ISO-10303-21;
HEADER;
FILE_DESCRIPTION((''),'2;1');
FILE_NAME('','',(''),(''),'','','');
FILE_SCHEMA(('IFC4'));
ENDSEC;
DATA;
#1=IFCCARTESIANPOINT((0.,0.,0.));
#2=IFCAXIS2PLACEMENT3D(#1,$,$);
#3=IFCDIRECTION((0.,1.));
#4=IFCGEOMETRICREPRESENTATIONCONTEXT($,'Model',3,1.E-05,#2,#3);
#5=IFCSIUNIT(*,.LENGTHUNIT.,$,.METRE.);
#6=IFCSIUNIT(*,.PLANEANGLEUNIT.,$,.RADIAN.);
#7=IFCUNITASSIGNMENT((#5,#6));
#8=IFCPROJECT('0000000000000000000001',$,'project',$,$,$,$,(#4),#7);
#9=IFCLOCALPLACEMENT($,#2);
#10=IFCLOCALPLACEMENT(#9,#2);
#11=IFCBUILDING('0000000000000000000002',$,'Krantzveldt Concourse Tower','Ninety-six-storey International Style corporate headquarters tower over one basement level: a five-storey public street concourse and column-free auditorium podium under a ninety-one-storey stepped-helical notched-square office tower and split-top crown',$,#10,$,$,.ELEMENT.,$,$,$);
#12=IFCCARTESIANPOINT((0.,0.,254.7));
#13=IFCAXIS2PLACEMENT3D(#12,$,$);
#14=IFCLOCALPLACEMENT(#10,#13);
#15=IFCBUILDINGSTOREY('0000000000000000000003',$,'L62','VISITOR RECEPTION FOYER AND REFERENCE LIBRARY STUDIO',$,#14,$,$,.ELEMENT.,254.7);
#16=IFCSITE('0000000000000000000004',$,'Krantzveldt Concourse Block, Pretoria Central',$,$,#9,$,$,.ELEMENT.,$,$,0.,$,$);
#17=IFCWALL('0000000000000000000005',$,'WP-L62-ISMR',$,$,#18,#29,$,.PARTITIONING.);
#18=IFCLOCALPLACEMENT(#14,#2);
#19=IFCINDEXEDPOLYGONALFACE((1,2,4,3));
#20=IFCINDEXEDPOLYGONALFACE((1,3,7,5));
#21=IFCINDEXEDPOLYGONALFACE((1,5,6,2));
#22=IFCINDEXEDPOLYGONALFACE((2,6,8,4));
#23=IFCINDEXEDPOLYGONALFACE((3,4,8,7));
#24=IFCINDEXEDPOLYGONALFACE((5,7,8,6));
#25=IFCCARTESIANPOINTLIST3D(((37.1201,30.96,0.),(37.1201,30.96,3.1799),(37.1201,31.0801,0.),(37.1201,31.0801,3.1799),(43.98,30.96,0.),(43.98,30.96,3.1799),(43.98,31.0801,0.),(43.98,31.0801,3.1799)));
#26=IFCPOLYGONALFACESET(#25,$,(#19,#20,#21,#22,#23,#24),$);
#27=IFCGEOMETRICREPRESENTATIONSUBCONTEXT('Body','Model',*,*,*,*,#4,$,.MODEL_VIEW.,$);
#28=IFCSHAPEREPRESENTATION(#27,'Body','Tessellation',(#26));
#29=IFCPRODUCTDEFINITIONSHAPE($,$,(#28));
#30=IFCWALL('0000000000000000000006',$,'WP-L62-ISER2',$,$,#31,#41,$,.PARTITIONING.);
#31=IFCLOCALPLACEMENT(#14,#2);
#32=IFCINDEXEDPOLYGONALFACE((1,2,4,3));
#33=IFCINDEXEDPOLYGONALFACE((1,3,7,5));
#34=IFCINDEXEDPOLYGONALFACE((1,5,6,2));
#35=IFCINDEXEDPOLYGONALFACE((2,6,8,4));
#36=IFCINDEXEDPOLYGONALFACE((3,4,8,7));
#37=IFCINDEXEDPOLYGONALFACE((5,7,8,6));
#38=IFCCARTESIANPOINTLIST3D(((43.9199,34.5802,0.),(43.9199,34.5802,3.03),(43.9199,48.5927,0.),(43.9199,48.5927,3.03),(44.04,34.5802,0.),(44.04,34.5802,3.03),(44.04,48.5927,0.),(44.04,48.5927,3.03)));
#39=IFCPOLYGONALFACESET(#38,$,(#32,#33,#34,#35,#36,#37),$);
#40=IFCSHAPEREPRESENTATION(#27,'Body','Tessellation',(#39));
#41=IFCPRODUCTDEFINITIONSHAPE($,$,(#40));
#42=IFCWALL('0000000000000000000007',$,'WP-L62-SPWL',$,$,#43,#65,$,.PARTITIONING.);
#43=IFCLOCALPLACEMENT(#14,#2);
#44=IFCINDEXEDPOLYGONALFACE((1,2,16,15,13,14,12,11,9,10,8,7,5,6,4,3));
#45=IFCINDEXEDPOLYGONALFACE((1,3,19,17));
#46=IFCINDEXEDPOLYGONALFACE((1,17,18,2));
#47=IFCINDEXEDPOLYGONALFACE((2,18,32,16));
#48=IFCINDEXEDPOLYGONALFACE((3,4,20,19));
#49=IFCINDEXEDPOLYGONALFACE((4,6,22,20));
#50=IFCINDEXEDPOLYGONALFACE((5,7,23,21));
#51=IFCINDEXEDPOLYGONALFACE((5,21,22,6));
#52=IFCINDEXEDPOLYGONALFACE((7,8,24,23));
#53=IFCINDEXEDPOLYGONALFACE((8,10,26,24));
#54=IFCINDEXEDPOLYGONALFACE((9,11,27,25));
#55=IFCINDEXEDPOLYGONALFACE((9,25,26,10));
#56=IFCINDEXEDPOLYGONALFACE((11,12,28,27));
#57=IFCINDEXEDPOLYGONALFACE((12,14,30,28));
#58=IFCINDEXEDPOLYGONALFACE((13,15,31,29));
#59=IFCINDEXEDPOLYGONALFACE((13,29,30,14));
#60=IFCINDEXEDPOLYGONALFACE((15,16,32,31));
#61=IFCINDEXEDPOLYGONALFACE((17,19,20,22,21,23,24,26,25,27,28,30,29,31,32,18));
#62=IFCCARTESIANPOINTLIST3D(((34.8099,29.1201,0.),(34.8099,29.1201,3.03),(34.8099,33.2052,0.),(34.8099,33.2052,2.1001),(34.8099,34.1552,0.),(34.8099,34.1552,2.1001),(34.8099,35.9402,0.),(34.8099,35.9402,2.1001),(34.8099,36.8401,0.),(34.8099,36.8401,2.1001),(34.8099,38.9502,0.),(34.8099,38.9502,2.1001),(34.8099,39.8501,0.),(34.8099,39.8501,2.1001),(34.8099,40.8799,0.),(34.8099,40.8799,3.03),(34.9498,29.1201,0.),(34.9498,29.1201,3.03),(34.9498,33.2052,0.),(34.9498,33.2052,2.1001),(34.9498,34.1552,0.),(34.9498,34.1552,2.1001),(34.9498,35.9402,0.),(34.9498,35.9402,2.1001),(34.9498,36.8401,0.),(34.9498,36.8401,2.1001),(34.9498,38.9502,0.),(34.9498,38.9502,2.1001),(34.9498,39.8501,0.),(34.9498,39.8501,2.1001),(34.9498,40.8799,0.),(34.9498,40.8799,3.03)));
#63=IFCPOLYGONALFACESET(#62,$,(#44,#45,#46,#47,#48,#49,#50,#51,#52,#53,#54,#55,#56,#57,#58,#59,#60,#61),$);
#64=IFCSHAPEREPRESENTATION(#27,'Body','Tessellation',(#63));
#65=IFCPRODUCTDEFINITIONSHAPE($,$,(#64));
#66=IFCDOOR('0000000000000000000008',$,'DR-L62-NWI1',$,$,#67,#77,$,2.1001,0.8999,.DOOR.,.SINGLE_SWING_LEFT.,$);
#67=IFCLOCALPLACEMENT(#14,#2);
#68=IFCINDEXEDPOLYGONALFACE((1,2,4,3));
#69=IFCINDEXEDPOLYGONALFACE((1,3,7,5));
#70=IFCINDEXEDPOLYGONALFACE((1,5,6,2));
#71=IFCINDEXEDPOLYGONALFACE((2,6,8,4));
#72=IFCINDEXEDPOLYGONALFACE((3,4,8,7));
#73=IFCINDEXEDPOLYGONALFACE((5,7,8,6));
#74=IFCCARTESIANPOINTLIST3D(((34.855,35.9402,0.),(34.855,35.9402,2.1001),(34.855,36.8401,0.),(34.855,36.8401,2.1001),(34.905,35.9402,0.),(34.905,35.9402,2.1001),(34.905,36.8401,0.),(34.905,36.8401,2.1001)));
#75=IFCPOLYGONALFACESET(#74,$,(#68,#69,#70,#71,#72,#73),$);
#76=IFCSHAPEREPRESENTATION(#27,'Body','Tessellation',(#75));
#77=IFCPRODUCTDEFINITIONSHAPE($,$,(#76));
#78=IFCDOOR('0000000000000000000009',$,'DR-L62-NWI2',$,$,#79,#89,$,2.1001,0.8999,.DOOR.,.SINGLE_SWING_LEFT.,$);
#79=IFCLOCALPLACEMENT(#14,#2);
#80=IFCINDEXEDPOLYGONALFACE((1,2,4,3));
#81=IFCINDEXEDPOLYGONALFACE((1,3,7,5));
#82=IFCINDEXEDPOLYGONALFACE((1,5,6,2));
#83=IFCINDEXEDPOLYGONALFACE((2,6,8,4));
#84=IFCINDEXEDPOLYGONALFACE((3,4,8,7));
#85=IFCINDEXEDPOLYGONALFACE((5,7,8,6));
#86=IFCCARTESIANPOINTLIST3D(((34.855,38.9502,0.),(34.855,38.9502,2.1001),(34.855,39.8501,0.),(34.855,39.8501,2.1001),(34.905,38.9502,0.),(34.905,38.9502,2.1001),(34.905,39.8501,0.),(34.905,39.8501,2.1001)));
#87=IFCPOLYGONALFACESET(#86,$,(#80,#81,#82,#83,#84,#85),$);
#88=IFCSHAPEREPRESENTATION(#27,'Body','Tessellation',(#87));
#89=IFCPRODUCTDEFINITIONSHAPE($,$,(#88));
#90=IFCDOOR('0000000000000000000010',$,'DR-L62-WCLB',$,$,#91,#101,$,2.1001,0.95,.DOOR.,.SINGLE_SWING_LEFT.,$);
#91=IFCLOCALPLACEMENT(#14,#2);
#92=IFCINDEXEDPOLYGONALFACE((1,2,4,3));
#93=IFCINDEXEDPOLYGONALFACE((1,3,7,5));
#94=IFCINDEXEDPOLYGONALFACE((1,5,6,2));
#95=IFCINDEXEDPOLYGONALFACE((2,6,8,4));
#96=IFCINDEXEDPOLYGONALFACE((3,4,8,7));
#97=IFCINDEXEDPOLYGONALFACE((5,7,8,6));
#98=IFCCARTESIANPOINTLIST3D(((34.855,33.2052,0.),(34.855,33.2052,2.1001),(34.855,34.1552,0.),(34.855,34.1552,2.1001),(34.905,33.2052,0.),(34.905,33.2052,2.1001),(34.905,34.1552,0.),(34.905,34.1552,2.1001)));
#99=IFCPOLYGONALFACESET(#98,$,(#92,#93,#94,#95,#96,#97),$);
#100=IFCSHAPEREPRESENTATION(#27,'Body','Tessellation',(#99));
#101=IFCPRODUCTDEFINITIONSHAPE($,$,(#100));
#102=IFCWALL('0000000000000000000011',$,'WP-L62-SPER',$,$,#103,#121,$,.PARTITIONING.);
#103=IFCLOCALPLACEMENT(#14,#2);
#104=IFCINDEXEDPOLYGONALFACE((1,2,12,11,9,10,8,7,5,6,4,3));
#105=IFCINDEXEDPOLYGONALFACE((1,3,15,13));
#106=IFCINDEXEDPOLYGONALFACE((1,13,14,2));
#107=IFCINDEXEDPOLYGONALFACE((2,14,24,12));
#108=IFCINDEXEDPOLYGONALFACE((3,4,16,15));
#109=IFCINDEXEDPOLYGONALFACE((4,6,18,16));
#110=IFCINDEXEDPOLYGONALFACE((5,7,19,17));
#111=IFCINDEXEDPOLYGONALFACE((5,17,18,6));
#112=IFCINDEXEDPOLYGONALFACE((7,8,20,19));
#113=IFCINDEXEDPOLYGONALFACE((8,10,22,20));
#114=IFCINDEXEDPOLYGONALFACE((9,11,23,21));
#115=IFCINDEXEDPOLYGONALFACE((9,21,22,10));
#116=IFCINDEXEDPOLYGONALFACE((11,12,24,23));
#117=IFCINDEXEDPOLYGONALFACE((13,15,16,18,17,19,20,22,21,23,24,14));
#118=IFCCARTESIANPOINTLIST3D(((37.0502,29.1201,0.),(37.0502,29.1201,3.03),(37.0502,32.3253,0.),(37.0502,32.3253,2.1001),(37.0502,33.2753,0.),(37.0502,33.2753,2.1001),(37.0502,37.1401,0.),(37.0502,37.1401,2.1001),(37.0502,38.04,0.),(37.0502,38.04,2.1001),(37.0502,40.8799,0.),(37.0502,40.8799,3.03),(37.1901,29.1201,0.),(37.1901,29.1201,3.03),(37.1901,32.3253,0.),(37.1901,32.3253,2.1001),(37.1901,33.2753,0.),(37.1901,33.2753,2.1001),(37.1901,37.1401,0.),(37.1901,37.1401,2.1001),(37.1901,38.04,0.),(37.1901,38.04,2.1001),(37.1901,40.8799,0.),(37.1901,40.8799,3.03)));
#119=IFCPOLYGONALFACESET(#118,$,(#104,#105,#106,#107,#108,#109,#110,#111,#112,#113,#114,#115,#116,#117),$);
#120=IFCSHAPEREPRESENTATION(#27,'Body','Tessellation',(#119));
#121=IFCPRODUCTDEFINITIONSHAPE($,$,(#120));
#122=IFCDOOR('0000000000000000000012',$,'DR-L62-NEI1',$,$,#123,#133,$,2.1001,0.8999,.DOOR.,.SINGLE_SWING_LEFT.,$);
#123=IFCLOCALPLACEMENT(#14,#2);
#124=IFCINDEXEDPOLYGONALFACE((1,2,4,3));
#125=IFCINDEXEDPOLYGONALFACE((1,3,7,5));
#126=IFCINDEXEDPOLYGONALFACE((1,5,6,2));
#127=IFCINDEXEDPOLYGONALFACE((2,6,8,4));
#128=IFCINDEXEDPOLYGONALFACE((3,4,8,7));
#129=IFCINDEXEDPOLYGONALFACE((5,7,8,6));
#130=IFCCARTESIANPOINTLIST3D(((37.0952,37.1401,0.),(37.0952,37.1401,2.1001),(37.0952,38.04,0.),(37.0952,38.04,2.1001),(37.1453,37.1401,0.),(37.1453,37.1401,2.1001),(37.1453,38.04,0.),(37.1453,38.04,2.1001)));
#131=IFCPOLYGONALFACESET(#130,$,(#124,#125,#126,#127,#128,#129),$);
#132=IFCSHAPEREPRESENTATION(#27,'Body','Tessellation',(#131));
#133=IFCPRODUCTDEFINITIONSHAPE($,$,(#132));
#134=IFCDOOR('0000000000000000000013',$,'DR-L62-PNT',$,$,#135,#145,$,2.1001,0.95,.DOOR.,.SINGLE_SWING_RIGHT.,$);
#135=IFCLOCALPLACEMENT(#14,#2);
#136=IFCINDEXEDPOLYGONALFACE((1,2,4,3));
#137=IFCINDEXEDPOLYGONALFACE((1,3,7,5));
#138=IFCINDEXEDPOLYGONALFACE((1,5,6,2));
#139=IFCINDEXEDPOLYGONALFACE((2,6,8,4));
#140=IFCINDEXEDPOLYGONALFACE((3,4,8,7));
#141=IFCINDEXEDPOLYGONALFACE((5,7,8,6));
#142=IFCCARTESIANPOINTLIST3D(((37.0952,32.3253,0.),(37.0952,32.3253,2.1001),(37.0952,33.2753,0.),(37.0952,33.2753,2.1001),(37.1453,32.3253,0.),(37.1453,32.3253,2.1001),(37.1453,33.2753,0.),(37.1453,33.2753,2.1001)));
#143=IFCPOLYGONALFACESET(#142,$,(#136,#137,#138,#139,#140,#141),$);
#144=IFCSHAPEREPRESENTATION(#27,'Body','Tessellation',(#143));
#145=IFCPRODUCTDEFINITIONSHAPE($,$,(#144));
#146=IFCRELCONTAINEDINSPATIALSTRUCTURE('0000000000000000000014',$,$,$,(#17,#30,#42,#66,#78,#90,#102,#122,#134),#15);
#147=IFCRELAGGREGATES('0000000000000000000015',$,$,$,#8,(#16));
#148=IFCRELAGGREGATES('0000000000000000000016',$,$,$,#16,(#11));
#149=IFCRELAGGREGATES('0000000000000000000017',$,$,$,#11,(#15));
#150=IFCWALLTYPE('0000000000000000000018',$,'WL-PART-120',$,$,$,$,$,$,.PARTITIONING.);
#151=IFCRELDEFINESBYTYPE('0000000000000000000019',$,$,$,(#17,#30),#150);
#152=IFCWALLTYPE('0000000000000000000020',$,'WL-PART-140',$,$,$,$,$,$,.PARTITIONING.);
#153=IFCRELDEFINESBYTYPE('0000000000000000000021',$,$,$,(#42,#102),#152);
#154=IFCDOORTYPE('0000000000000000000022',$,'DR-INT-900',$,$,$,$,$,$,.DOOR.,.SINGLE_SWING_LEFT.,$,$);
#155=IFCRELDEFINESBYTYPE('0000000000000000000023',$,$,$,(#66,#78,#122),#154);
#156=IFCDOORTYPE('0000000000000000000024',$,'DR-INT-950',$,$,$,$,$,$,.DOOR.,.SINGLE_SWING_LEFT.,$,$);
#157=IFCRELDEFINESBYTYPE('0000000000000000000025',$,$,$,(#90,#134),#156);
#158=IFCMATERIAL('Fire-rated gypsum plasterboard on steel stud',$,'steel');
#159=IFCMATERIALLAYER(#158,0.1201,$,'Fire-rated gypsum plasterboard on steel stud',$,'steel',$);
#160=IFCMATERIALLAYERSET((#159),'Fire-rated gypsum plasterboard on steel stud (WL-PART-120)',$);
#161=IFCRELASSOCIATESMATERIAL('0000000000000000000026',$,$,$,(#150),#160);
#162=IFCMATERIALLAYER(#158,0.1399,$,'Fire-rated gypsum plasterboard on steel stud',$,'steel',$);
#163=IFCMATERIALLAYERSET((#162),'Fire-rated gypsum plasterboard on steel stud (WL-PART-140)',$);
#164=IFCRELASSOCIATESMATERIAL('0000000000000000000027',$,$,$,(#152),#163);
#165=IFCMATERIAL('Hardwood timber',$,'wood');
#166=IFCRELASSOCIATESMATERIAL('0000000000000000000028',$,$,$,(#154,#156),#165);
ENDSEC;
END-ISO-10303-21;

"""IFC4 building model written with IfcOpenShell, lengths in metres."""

from ifc_helpers import new_model, si_unit, direction, frame, frame_2d, origin, place, context, subcontext, project, spatial, rectangle, extrude, material, layer, layer_set, type_object, element, fill, save


model = new_model("IFC4")

# Units and contexts
model_context = context("Model", 3, precision=1e-05, world=origin(), true_north=direction((0.0, 1.0)))
body_context = subcontext(model_context, "Body", "Model", "MODEL_VIEW")
ifc_project = project(units=[si_unit("LENGTHUNIT", "METRE"), si_unit("PLANEANGLEUNIT", "RADIAN")], contexts=[model_context])

# Site, building, storey
site_placement = place(None, origin())
site = spatial("IfcSite", under=ifc_project, at=site_placement, Name="Krantzveldt Concourse Block, Pretoria Central", CompositionType="ELEMENT", RefElevation=0.0)
building_placement = place(site_placement, origin())
building = spatial("IfcBuilding", under=site, at=building_placement, Name="Krantzveldt Concourse Tower", Description="Ninety-six-storey International Style corporate headquarters tower over one basement level: a five-storey public street concourse and column-free auditorium podium under a ninety-one-storey stepped-helical notched-square office tower and split-top crown", CompositionType="ELEMENT")
storey_placement = place(building_placement, frame((0.0, 0.0, 254.7)))
storey = spatial("IfcBuildingStorey", under=building, at=storey_placement, Name="L62", Description="VISITOR RECEPTION FOYER AND REFERENCE LIBRARY STUDIO", CompositionType="ELEMENT", Elevation=254.7)

# Walls
ifc_material_1 = material(Name="Fire-rated gypsum plasterboard on steel stud", Category="steel")
ifc_layer_1 = layer(ifc_material_1, 0.1201, Name="Fire-rated gypsum plasterboard on steel stud", Category="steel")
ifc_layer_set_1 = layer_set([ifc_layer_1], Name="Fire-rated gypsum plasterboard on steel stud (WL-PART-120)")
wall_type_1 = type_object("IfcWallType", Name="WL-PART-120", PredefinedType="PARTITIONING", material=ifc_layer_set_1)
wall_1_placement = place(storey_placement, frame((37.1201, 31.02, 0.0), z_axis=(0.0, 0.0, 1.0), x_axis=(1.0, 0.0, 0.0)))
element("IfcWall", 1, at=wall_1_placement, inside=storey, type_object=wall_type_1, Name="WP-L62-ISMR", PredefinedType="PARTITIONING", context=body_context, shape_type="SweptSolid", body=[
    extrude(rectangle(XDim=6.8599, YDim=0.1201, at=frame_2d((3.4299, 0.0))), origin(), (0.0, 0.0, 1.0), 3.1799),
])
wall_2_placement = place(storey_placement, frame((43.98, 34.5801, 0.0), z_axis=(0.0, 0.0, 1.0), x_axis=(0.0, 1.0, 0.0)))
element("IfcWall", 2, at=wall_2_placement, inside=storey, type_object=wall_type_1, Name="WP-L62-ISER2", PredefinedType="PARTITIONING", context=body_context, shape_type="SweptSolid", body=[
    extrude(rectangle(XDim=14.0125, YDim=0.1201, at=frame_2d((7.0063, 0.0))), origin(), (0.0, 0.0, 1.0), 3.03),
])

# Walls, openings, doors
ifc_layer_2 = layer(ifc_material_1, 0.1399, Name="Fire-rated gypsum plasterboard on steel stud", Category="steel")
ifc_layer_set_2 = layer_set([ifc_layer_2], Name="Fire-rated gypsum plasterboard on steel stud (WL-PART-140)")
wall_type_2 = type_object("IfcWallType", Name="WL-PART-140", PredefinedType="PARTITIONING", material=ifc_layer_set_2)
wall_3_placement = place(storey_placement, frame((34.8799, 29.1201, 0.0), z_axis=(0.0, 0.0, 1.0), x_axis=(0.0, 1.0, 0.0)))
wall_3 = element("IfcWall", 3, at=wall_3_placement, inside=storey, type_object=wall_type_2, Name="WP-L62-SPWL", PredefinedType="PARTITIONING", context=body_context, shape_type="SweptSolid", body=[
    extrude(rectangle(XDim=11.7598, YDim=0.1399, at=frame_2d((5.8799, 0.0))), origin(), (0.0, 0.0, 1.0), 3.03),
])
opening_1_placement = place(wall_3_placement, frame((4.085, 0.0, 0.0)))
opening_1 = element("IfcOpeningElement", 4, at=opening_1_placement, cuts=wall_3, PredefinedType="OPENING", context=body_context, shape_type="SweptSolid", body=[
    extrude(rectangle(XDim=0.95, YDim=2.1001, at=frame_2d((0.4751, 1.05))), frame((0.0, 0.0801, 0.0), z_axis=(0.0, -1.0, 0.0), x_axis=(1.0, 0.0, 0.0)), (0.0, 0.0, 1.0), 0.1599),
])
opening_2_placement = place(wall_3_placement, frame((6.8201, 0.0, 0.0)))
opening_2 = element("IfcOpeningElement", 5, at=opening_2_placement, cuts=wall_3, PredefinedType="OPENING", context=body_context, shape_type="SweptSolid", body=[
    extrude(rectangle(XDim=0.8999, YDim=2.1001, at=frame_2d((0.45, 1.05))), frame((0.0, 0.0801, 0.0), z_axis=(0.0, -1.0, 0.0), x_axis=(1.0, 0.0, 0.0)), (0.0, 0.0, 1.0), 0.1599),
])
opening_3_placement = place(wall_3_placement, frame((9.8301, 0.0, 0.0)))
opening_3 = element("IfcOpeningElement", 6, at=opening_3_placement, cuts=wall_3, PredefinedType="OPENING", context=body_context, shape_type="SweptSolid", body=[
    extrude(rectangle(XDim=0.8999, YDim=2.1001, at=frame_2d((0.45, 1.05))), frame((0.0, 0.0801, 0.0), z_axis=(0.0, -1.0, 0.0), x_axis=(1.0, 0.0, 0.0)), (0.0, 0.0, 1.0), 0.1599),
])
ifc_material_2 = material(Name="Hardwood timber", Category="wood")
door_type_1 = type_object("IfcDoorType", Name="DR-INT-900", OperationType="SINGLE_SWING_LEFT", PredefinedType="DOOR", material=ifc_material_2)
door_1_placement = place(opening_2_placement, origin())
door_1 = element("IfcDoor", 7, at=door_1_placement, inside=storey, type_object=door_type_1, Name="DR-L62-NWI1", OperationType="SINGLE_SWING_LEFT", OverallHeight=2.1001, OverallWidth=0.8999, PredefinedType="DOOR", context=body_context, shape_type="SweptSolid", body=[
    extrude(rectangle(XDim=0.8999, YDim=2.1001, at=frame_2d((0.45, 1.05))), frame((0.0, 0.0249, 0.0), z_axis=(0.0, -1.0, 0.0), x_axis=(1.0, 0.0, 0.0)), (0.0, 0.0, 1.0), 0.05),
])
fill(opening_2, door_1)
door_2_placement = place(opening_3_placement, origin())
door_2 = element("IfcDoor", 8, at=door_2_placement, inside=storey, type_object=door_type_1, Name="DR-L62-NWI2", OperationType="SINGLE_SWING_LEFT", OverallHeight=2.1001, OverallWidth=0.8999, PredefinedType="DOOR", context=body_context, shape_type="SweptSolid", body=[
    extrude(rectangle(XDim=0.8999, YDim=2.1001, at=frame_2d((0.45, 1.05))), frame((0.0, 0.0249, 0.0), z_axis=(0.0, -1.0, 0.0), x_axis=(1.0, 0.0, 0.0)), (0.0, 0.0, 1.0), 0.05),
])
fill(opening_3, door_2)
door_type_2 = type_object("IfcDoorType", Name="DR-INT-950", OperationType="SINGLE_SWING_LEFT", PredefinedType="DOOR", material=ifc_material_2)
door_3_placement = place(opening_1_placement, origin())
door_3 = element("IfcDoor", 9, at=door_3_placement, inside=storey, type_object=door_type_2, Name="DR-L62-WCLB", OperationType="SINGLE_SWING_LEFT", OverallHeight=2.1001, OverallWidth=0.95, PredefinedType="DOOR", context=body_context, shape_type="SweptSolid", body=[
    extrude(rectangle(XDim=0.95, YDim=2.1001, at=frame_2d((0.4751, 1.05))), frame((0.0, 0.0249, 0.0), z_axis=(0.0, -1.0, 0.0), x_axis=(1.0, 0.0, 0.0)), (0.0, 0.0, 1.0), 0.05),
])
fill(opening_1, door_3)
wall_4_placement = place(storey_placement, frame((37.1201, 29.1201, 0.0), z_axis=(0.0, 0.0, 1.0), x_axis=(0.0, 1.0, 0.0)))
wall_4 = element("IfcWall", 10, at=wall_4_placement, inside=storey, type_object=wall_type_2, Name="WP-L62-SPER", PredefinedType="PARTITIONING", context=body_context, shape_type="SweptSolid", body=[
    extrude(rectangle(XDim=11.7598, YDim=0.1399, at=frame_2d((5.8799, 0.0))), origin(), (0.0, 0.0, 1.0), 3.03),
])
opening_4_placement = place(wall_4_placement, frame((3.2051, 0.0, 0.0)))
opening_4 = element("IfcOpeningElement", 11, at=opening_4_placement, cuts=wall_4, PredefinedType="OPENING", context=body_context, shape_type="SweptSolid", body=[
    extrude(rectangle(XDim=0.95, YDim=2.1001, at=frame_2d((0.4751, 1.05))), frame((0.0, 0.0801, 0.0), z_axis=(0.0, -1.0, 0.0), x_axis=(1.0, 0.0, 0.0)), (0.0, 0.0, 1.0), 0.1599),
])
opening_5_placement = place(wall_4_placement, frame((8.02, 0.0, 0.0)))
opening_5 = element("IfcOpeningElement", 12, at=opening_5_placement, cuts=wall_4, PredefinedType="OPENING", context=body_context, shape_type="SweptSolid", body=[
    extrude(rectangle(XDim=0.8999, YDim=2.1001, at=frame_2d((0.45, 1.05))), frame((0.0, 0.0801, 0.0), z_axis=(0.0, -1.0, 0.0), x_axis=(1.0, 0.0, 0.0)), (0.0, 0.0, 1.0), 0.1599),
])
door_4_placement = place(opening_5_placement, origin())
door_4 = element("IfcDoor", 13, at=door_4_placement, inside=storey, type_object=door_type_1, Name="DR-L62-NEI1", OperationType="SINGLE_SWING_LEFT", OverallHeight=2.1001, OverallWidth=0.8999, PredefinedType="DOOR", context=body_context, shape_type="SweptSolid", body=[
    extrude(rectangle(XDim=0.8999, YDim=2.1001, at=frame_2d((0.45, 1.05))), frame((0.0, 0.0249, 0.0), z_axis=(0.0, -1.0, 0.0), x_axis=(1.0, 0.0, 0.0)), (0.0, 0.0, 1.0), 0.05),
])
fill(opening_5, door_4)
door_5_placement = place(opening_4_placement, origin())
door_5 = element("IfcDoor", 14, at=door_5_placement, inside=storey, type_object=door_type_2, Name="DR-L62-PNT", OperationType="SINGLE_SWING_RIGHT", OverallHeight=2.1001, OverallWidth=0.95, PredefinedType="DOOR", context=body_context, shape_type="SweptSolid", body=[
    extrude(rectangle(XDim=0.95, YDim=2.1001, at=frame_2d((0.4751, 1.05))), frame((0.0, 0.0249, 0.0), z_axis=(0.0, -1.0, 0.0), x_axis=(1.0, 0.0, 0.0)), (0.0, 0.0, 1.0), 0.05),
])
fill(opening_4, door_5)

save(model, "model.ifc")
